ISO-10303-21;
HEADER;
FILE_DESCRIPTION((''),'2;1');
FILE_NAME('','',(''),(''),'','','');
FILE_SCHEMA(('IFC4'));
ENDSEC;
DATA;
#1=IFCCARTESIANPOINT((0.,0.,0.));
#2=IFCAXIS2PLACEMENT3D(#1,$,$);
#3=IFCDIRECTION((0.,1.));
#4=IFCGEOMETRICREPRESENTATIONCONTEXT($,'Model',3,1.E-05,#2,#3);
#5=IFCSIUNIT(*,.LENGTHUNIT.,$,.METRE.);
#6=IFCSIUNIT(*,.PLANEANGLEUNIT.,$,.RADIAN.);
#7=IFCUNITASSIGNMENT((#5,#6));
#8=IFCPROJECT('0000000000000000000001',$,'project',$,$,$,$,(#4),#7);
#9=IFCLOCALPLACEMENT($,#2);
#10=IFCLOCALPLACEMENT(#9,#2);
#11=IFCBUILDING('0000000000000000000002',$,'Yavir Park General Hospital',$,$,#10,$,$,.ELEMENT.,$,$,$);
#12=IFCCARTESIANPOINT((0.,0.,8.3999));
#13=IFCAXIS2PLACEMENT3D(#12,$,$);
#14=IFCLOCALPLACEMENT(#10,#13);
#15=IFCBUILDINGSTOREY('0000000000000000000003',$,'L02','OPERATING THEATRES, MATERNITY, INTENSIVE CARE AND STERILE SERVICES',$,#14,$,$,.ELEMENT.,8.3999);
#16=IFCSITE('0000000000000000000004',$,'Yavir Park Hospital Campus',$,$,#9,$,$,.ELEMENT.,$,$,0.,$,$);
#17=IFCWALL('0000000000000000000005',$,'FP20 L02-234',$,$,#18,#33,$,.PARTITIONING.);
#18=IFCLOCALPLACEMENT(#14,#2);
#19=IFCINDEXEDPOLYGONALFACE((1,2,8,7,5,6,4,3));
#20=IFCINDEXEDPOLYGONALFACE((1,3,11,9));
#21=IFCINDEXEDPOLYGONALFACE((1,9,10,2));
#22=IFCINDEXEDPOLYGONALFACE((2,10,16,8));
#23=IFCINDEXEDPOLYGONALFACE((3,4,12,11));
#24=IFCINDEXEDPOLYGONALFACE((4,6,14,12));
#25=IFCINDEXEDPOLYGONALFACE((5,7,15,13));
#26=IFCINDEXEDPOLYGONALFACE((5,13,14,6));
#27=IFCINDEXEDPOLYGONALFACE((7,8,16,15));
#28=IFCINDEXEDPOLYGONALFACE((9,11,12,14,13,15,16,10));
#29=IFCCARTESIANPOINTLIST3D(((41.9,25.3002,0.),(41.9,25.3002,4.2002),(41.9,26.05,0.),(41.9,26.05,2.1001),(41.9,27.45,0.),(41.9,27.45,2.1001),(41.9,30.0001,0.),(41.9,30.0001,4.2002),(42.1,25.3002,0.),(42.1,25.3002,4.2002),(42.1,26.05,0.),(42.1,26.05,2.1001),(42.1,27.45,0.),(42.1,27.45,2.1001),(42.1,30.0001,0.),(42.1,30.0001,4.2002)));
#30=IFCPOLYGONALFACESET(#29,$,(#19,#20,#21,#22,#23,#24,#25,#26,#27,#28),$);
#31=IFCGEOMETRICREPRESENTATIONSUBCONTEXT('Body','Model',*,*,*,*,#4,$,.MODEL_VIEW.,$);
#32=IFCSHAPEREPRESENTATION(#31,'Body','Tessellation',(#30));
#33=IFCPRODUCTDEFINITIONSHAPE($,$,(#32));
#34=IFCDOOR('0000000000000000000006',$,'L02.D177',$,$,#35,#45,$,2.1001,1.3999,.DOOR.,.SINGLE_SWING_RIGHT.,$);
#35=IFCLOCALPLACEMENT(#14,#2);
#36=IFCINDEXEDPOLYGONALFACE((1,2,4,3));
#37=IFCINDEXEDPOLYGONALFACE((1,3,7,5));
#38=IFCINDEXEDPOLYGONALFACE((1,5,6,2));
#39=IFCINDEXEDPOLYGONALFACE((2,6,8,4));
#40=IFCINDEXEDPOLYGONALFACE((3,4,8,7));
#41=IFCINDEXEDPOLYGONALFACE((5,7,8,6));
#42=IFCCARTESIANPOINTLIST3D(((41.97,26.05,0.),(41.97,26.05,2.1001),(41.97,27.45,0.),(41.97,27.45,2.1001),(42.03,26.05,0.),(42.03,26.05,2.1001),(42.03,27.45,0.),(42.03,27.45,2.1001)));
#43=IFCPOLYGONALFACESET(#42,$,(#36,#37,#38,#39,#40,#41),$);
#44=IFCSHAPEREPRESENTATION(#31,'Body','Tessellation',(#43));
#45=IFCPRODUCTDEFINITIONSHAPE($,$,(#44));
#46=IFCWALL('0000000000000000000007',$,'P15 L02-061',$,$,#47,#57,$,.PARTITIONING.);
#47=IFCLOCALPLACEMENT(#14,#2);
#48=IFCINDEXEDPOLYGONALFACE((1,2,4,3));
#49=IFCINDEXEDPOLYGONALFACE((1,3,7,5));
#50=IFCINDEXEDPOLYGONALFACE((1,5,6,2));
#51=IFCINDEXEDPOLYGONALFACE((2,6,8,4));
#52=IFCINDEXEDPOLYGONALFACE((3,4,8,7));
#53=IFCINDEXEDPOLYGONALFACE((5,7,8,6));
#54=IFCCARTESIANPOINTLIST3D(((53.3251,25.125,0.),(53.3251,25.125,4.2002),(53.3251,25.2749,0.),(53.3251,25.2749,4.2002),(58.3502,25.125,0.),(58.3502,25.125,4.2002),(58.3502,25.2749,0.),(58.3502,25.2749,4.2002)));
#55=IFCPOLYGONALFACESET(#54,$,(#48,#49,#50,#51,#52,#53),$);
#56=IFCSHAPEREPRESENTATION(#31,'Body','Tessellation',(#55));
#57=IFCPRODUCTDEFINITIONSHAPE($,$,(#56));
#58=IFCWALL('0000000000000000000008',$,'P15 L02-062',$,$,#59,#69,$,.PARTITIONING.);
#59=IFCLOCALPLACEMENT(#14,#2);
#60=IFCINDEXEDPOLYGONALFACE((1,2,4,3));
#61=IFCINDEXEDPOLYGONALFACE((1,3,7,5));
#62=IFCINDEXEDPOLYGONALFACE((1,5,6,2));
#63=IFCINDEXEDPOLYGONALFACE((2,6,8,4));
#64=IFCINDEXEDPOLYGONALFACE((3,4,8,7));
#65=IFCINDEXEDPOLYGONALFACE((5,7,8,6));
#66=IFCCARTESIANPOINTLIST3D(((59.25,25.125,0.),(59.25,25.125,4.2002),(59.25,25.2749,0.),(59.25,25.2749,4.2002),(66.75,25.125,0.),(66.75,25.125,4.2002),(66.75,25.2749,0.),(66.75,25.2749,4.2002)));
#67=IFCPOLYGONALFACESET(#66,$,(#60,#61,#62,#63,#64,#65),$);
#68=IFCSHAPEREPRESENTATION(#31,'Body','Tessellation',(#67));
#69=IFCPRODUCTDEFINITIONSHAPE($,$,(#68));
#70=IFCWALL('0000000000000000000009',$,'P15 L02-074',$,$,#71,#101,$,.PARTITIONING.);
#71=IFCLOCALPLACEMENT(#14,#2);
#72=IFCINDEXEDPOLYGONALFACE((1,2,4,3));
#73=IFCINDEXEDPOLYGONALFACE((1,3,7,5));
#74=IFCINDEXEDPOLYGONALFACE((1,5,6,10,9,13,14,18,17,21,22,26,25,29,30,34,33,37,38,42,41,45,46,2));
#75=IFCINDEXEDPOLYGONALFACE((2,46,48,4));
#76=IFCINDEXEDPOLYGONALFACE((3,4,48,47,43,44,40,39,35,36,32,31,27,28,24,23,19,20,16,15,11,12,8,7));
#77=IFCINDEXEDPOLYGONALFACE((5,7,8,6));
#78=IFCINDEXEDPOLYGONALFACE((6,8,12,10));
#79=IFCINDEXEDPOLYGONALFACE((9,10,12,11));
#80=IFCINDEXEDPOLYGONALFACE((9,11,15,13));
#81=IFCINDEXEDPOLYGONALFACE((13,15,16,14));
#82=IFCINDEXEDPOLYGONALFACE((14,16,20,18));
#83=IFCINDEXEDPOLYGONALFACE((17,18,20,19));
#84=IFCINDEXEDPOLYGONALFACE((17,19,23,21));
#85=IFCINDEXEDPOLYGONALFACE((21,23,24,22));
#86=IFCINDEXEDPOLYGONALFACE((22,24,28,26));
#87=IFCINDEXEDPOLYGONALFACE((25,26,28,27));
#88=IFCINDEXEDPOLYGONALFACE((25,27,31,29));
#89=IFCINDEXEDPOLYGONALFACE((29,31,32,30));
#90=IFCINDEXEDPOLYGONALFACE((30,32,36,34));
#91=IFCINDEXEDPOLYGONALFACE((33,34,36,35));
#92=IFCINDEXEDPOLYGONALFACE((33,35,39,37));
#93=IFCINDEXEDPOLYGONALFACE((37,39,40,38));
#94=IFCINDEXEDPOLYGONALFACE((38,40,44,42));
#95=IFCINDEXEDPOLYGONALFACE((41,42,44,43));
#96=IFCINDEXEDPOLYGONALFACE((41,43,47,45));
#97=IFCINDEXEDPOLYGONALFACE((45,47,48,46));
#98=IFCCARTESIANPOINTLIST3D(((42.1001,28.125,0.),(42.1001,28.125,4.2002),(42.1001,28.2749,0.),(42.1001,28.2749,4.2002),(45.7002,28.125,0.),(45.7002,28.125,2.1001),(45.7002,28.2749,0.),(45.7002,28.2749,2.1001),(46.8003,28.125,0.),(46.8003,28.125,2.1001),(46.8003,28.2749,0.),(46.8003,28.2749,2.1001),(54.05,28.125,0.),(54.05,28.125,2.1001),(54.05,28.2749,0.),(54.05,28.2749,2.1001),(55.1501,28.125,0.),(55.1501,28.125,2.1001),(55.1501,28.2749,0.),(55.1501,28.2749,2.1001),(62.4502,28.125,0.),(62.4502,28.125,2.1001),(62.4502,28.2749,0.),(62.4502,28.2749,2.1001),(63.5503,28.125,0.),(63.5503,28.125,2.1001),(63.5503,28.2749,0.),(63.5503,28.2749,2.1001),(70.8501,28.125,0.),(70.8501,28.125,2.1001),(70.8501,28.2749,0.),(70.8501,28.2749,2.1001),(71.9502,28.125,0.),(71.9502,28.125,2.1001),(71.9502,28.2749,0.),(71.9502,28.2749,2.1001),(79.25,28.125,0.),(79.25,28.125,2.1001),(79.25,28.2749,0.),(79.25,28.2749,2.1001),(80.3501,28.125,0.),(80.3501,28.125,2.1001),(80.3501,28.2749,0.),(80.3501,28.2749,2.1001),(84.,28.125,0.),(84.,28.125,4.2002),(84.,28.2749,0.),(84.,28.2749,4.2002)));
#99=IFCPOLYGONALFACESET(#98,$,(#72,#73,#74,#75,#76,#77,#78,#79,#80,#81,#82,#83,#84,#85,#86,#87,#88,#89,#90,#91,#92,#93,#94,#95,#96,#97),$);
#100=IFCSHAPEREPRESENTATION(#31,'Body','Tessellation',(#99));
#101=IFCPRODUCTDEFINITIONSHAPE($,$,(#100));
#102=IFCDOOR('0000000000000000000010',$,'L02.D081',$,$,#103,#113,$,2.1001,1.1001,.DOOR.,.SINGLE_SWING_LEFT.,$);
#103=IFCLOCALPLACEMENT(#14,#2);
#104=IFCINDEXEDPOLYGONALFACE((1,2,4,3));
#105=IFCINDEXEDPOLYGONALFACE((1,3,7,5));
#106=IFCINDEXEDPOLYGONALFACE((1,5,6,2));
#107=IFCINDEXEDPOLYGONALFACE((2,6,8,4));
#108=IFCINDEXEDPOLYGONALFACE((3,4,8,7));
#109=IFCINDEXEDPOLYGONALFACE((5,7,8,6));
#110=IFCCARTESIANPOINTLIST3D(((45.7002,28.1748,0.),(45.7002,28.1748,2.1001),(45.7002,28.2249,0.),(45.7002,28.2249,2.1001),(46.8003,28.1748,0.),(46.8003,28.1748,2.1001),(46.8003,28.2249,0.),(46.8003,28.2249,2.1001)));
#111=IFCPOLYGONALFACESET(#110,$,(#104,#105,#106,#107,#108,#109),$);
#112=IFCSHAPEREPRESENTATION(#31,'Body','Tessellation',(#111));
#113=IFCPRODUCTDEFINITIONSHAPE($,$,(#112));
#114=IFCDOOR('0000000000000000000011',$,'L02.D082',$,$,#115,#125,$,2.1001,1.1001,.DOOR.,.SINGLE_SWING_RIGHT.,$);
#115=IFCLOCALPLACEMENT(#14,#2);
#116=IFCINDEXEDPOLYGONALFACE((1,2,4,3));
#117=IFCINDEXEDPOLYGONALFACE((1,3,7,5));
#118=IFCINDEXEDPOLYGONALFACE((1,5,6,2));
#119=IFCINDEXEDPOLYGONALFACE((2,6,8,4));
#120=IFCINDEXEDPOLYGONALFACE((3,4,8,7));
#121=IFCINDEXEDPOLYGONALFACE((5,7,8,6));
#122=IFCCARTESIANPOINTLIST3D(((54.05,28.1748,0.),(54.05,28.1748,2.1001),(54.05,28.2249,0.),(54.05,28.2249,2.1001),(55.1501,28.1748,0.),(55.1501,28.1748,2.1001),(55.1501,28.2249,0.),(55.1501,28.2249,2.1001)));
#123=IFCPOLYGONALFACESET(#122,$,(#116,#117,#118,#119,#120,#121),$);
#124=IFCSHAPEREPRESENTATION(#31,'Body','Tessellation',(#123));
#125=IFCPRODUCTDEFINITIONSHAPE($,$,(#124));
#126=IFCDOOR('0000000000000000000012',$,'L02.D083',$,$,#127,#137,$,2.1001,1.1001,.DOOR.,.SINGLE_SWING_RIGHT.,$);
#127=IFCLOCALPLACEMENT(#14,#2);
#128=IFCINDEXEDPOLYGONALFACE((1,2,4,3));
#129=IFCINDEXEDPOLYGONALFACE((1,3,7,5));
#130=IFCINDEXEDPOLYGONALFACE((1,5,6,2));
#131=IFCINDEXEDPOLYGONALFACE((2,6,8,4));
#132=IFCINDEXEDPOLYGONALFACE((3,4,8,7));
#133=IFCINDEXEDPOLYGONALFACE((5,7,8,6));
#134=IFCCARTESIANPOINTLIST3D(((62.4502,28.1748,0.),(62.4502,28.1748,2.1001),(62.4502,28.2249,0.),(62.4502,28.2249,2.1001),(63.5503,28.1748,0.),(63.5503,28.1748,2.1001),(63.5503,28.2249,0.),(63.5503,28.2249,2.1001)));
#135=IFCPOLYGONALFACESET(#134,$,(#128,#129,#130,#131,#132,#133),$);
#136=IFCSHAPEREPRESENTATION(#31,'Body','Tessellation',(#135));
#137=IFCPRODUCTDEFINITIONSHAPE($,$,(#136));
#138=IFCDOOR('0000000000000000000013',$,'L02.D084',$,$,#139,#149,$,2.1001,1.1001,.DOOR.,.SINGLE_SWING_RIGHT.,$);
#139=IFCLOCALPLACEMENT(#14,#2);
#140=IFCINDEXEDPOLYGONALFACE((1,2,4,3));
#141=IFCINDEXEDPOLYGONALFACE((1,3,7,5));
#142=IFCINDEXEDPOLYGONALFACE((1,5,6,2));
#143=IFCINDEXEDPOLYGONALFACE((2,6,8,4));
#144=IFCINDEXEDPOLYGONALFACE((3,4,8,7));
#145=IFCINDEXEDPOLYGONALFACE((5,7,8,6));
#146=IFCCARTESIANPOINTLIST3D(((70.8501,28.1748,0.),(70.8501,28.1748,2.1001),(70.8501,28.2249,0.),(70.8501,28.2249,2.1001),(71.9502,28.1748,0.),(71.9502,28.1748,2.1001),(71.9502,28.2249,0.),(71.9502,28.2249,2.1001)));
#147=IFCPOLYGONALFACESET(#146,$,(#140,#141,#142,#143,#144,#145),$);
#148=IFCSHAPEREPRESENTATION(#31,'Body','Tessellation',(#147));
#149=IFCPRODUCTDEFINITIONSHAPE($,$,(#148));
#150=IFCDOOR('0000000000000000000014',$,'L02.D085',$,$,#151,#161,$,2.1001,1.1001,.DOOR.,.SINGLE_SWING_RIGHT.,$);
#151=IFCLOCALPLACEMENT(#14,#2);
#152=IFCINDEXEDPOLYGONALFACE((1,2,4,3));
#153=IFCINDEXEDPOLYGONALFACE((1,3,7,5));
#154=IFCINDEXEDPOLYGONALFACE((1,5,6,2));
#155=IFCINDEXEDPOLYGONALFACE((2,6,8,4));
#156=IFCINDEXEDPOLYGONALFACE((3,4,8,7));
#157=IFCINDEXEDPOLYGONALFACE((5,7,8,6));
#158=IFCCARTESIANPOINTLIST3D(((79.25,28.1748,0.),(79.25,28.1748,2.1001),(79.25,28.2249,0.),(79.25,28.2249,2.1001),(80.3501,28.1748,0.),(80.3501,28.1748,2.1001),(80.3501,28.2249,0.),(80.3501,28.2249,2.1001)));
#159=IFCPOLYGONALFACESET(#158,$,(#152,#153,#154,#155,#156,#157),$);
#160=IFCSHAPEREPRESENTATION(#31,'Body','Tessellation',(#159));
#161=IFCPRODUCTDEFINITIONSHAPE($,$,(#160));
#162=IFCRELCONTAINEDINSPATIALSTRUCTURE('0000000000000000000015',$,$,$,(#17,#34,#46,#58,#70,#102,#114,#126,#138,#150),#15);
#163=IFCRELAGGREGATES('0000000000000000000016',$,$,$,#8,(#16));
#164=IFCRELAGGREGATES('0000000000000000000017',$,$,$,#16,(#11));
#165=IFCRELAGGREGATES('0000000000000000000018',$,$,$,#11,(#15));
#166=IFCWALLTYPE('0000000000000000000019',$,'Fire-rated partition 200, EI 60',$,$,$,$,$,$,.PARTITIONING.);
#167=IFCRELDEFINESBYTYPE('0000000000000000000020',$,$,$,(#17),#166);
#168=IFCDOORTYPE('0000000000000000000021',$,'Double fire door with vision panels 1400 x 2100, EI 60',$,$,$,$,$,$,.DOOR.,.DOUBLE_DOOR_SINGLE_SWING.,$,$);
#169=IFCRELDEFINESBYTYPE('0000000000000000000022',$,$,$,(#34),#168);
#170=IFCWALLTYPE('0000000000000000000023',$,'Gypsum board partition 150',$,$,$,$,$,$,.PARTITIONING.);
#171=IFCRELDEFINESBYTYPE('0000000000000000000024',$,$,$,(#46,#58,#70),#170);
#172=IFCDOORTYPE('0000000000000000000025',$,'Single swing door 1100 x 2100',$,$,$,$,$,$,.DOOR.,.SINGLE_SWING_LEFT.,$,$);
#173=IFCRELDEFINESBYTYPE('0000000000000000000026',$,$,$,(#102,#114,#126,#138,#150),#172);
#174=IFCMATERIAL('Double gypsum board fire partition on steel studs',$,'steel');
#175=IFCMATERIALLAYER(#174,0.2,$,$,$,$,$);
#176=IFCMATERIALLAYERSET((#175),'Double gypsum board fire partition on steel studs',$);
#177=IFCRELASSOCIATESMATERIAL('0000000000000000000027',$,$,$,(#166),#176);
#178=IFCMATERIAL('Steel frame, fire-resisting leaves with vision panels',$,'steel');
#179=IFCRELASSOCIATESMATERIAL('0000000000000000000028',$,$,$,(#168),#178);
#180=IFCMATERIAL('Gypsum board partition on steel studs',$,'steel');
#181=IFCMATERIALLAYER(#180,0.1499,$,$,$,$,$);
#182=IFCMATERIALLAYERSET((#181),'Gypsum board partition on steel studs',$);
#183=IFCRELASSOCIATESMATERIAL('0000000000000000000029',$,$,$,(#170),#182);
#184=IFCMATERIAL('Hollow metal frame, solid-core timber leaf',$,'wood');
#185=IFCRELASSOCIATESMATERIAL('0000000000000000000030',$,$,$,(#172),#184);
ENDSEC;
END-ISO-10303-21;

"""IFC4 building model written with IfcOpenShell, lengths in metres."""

from ifc_helpers import new_model, si_unit, direction, frame, frame_2d, origin, place, context, subcontext, project, spatial, rectangle, extrude, material, layer, layer_set, type_object, element, fill, save


model = new_model("IFC4")

# Units and contexts
model_context = context("Model", 3, precision=1e-05, world=origin(), true_north=direction((0.0, 1.0)))
body_context = subcontext(model_context, "Body", "Model", "MODEL_VIEW")
ifc_project = project(units=[si_unit("LENGTHUNIT", "METRE"), si_unit("PLANEANGLEUNIT", "RADIAN")], contexts=[model_context])

# Site, building, storey
site_placement = place(None, origin())
site = spatial("IfcSite", under=ifc_project, at=site_placement, Name="Yavir Park Hospital Campus", CompositionType="ELEMENT", RefElevation=0.0)
building_placement = place(site_placement, origin())
building = spatial("IfcBuilding", under=site, at=building_placement, Name="Yavir Park General Hospital", CompositionType="ELEMENT")
storey_placement = place(building_placement, frame((0.0, 0.0, 8.3999)))
storey = spatial("IfcBuildingStorey", under=building, at=storey_placement, Name="L02", Description="OPERATING THEATRES, MATERNITY, INTENSIVE CARE AND STERILE SERVICES", CompositionType="ELEMENT", Elevation=8.3999)

# Wall, opening, door
ifc_material_1 = material(Name="Double gypsum board fire partition on steel studs", Category="steel")
ifc_layer_1 = layer(ifc_material_1, 0.2)
ifc_layer_set_1 = layer_set([ifc_layer_1], Name="Double gypsum board fire partition on steel studs")
wall_type_1 = type_object("IfcWallType", Name="Fire-rated partition 200, EI 60", PredefinedType="PARTITIONING", material=ifc_layer_set_1)
wall_1_placement = place(storey_placement, frame((42.0, 25.3, 0.0), z_axis=(0.0, 0.0, 1.0), x_axis=(0.0, 1.0, 0.0)))
wall_1 = element("IfcWall", 1, at=wall_1_placement, inside=storey, type_object=wall_type_1, Name="FP20 L02-234", PredefinedType="PARTITIONING", context=body_context, shape_type="SweptSolid", body=[
    extrude(rectangle(XDim=4.7, YDim=0.2, at=frame_2d((2.3501, 0.0))), origin(), (0.0, 0.0, 1.0), 4.2002),
])
opening_1_placement = place(wall_1_placement, frame((0.75, 0.0, 0.0)))
opening_1 = element("IfcOpeningElement", 2, at=opening_1_placement, cuts=wall_1, PredefinedType="OPENING", context=body_context, shape_type="SweptSolid", body=[
    extrude(rectangle(XDim=1.3999, YDim=2.1001, at=frame_2d((0.7, 1.05))), frame((0.0, 0.1099, 0.0), z_axis=(0.0, -1.0, 0.0), x_axis=(1.0, 0.0, 0.0)), (0.0, 0.0, 1.0), 0.22),
])
ifc_material_2 = material(Name="Steel frame, fire-resisting leaves with vision panels", Category="steel")
door_type_1 = type_object("IfcDoorType", Name="Double fire door with vision panels 1400 x 2100, EI 60", OperationType="DOUBLE_DOOR_SINGLE_SWING", PredefinedType="DOOR", material=ifc_material_2)
door_1_placement = place(opening_1_placement, origin())
door_1 = element("IfcDoor", 3, at=door_1_placement, inside=storey, type_object=door_type_1, Name="L02.D177", OperationType="SINGLE_SWING_RIGHT", OverallHeight=2.1001, OverallWidth=1.3999, PredefinedType="DOOR", context=body_context, shape_type="SweptSolid", body=[
    extrude(rectangle(XDim=1.3999, YDim=2.1001, at=frame_2d((0.7, 1.05))), frame((0.0, 0.03, 0.0), z_axis=(0.0, -1.0, 0.0), x_axis=(1.0, 0.0, 0.0)), (0.0, 0.0, 1.0), 0.0601),
])
fill(opening_1, door_1)

# Walls
ifc_material_3 = material(Name="Gypsum board partition on steel studs", Category="steel")
ifc_layer_2 = layer(ifc_material_3, 0.1499)
ifc_layer_set_2 = layer_set([ifc_layer_2], Name="Gypsum board partition on steel studs")
wall_type_2 = type_object("IfcWallType", Name="Gypsum board partition 150", PredefinedType="PARTITIONING", material=ifc_layer_set_2)
wall_2_placement = place(storey_placement, frame((53.325, 25.2, 0.0), z_axis=(0.0, 0.0, 1.0), x_axis=(1.0, 0.0, 0.0)))
element("IfcWall", 4, at=wall_2_placement, inside=storey, type_object=wall_type_2, Name="P15 L02-061", PredefinedType="PARTITIONING", context=body_context, shape_type="SweptSolid", body=[
    extrude(rectangle(XDim=5.0251, YDim=0.1499, at=frame_2d((2.5127, 0.0))), origin(), (0.0, 0.0, 1.0), 4.2002),
])
wall_3_placement = place(storey_placement, frame((59.25, 25.2, 0.0), z_axis=(0.0, 0.0, 1.0), x_axis=(1.0, 0.0, 0.0)))
element("IfcWall", 5, at=wall_3_placement, inside=storey, type_object=wall_type_2, Name="P15 L02-062", PredefinedType="PARTITIONING", context=body_context, shape_type="SweptSolid", body=[
    extrude(rectangle(XDim=7.5, YDim=0.1499, at=frame_2d((3.75, 0.0))), origin(), (0.0, 0.0, 1.0), 4.2002),
])

# Wall, openings, doors
wall_4_placement = place(storey_placement, frame((42.1001, 28.2, 0.0), z_axis=(0.0, 0.0, 1.0), x_axis=(1.0, 0.0, 0.0)))
wall_4 = element("IfcWall", 6, at=wall_4_placement, inside=storey, type_object=wall_type_2, Name="P15 L02-074", PredefinedType="PARTITIONING", context=body_context, shape_type="SweptSolid", body=[
    extrude(rectangle(XDim=41.8999, YDim=0.1499, at=frame_2d((20.95, 0.0))), origin(), (0.0, 0.0, 1.0), 4.2002),
])
opening_2_placement = place(wall_4_placement, frame((3.6001, 0.0, 0.0)))
opening_2 = element("IfcOpeningElement", 7, at=opening_2_placement, cuts=wall_4, PredefinedType="OPENING", context=body_context, shape_type="SweptSolid", body=[
    extrude(rectangle(XDim=1.1001, YDim=2.1001, at=frame_2d((0.55, 1.05))), frame((0.0, 0.085, 0.0), z_axis=(0.0, -1.0, 0.0), x_axis=(1.0, 0.0, 0.0)), (0.0, 0.0, 1.0), 0.1699),
])
opening_3_placement = place(wall_4_placement, frame((11.95, 0.0, 0.0)))
opening_3 = element("IfcOpeningElement", 8, at=opening_3_placement, cuts=wall_4, PredefinedType="OPENING", context=body_context, shape_type="SweptSolid", body=[
    extrude(rectangle(XDim=1.1001, YDim=2.1001, at=frame_2d((0.55, 1.05))), frame((0.0, 0.085, 0.0), z_axis=(0.0, -1.0, 0.0), x_axis=(1.0, 0.0, 0.0)), (0.0, 0.0, 1.0), 0.1699),
])
opening_4_placement = place(wall_4_placement, frame((20.3501, 0.0, 0.0)))
opening_4 = element("IfcOpeningElement", 9, at=opening_4_placement, cuts=wall_4, PredefinedType="OPENING", context=body_context, shape_type="SweptSolid", body=[
    extrude(rectangle(XDim=1.1001, YDim=2.1001, at=frame_2d((0.55, 1.05))), frame((0.0, 0.085, 0.0), z_axis=(0.0, -1.0, 0.0), x_axis=(1.0, 0.0, 0.0)), (0.0, 0.0, 1.0), 0.1699),
])
opening_5_placement = place(wall_4_placement, frame((28.75, 0.0, 0.0)))
opening_5 = element("IfcOpeningElement", 10, at=opening_5_placement, cuts=wall_4, PredefinedType="OPENING", context=body_context, shape_type="SweptSolid", body=[
    extrude(rectangle(XDim=1.1001, YDim=2.1001, at=frame_2d((0.55, 1.05))), frame((0.0, 0.085, 0.0), z_axis=(0.0, -1.0, 0.0), x_axis=(1.0, 0.0, 0.0)), (0.0, 0.0, 1.0), 0.1699),
])
opening_6_placement = place(wall_4_placement, frame((37.1499, 0.0, 0.0)))
opening_6 = element("IfcOpeningElement", 11, at=opening_6_placement, cuts=wall_4, PredefinedType="OPENING", context=body_context, shape_type="SweptSolid", body=[
    extrude(rectangle(XDim=1.1001, YDim=2.1001, at=frame_2d((0.55, 1.05))), frame((0.0, 0.085, 0.0), z_axis=(0.0, -1.0, 0.0), x_axis=(1.0, 0.0, 0.0)), (0.0, 0.0, 1.0), 0.1699),
])
ifc_material_4 = material(Name="Hollow metal frame, solid-core timber leaf", Category="wood")
door_type_2 = type_object("IfcDoorType", Name="Single swing door 1100 x 2100", OperationType="SINGLE_SWING_LEFT", PredefinedType="DOOR", material=ifc_material_4)
door_2_placement = place(opening_2_placement, origin())
door_2 = element("IfcDoor", 12, at=door_2_placement, inside=storey, type_object=door_type_2, Name="L02.D081", OperationType="SINGLE_SWING_LEFT", OverallHeight=2.1001, OverallWidth=1.1001, PredefinedType="DOOR", context=body_context, shape_type="SweptSolid", body=[
    extrude(rectangle(XDim=1.1001, YDim=2.1001, at=frame_2d((0.55, 1.05))), frame((0.0, 0.0249, 0.0), z_axis=(0.0, -1.0, 0.0), x_axis=(1.0, 0.0, 0.0)), (0.0, 0.0, 1.0), 0.05),
])
fill(opening_2, door_2)
door_3_placement = place(opening_3_placement, origin())
door_3 = element("IfcDoor", 13, at=door_3_placement, inside=storey, type_object=door_type_2, Name="L02.D082", OperationType="SINGLE_SWING_RIGHT", OverallHeight=2.1001, OverallWidth=1.1001, PredefinedType="DOOR", context=body_context, shape_type="SweptSolid", body=[
    extrude(rectangle(XDim=1.1001, YDim=2.1001, at=frame_2d((0.55, 1.05))), frame((0.0, 0.0249, 0.0), z_axis=(0.0, -1.0, 0.0), x_axis=(1.0, 0.0, 0.0)), (0.0, 0.0, 1.0), 0.05),
])
fill(opening_3, door_3)
door_4_placement = place(opening_4_placement, origin())
door_4 = element("IfcDoor", 14, at=door_4_placement, inside=storey, type_object=door_type_2, Name="L02.D083", OperationType="SINGLE_SWING_RIGHT", OverallHeight=2.1001, OverallWidth=1.1001, PredefinedType="DOOR", context=body_context, shape_type="SweptSolid", body=[
    extrude(rectangle(XDim=1.1001, YDim=2.1001, at=frame_2d((0.55, 1.05))), frame((0.0, 0.0249, 0.0), z_axis=(0.0, -1.0, 0.0), x_axis=(1.0, 0.0, 0.0)), (0.0, 0.0, 1.0), 0.05),
])
fill(opening_4, door_4)
door_5_placement = place(opening_5_placement, origin())
door_5 = element("IfcDoor", 15, at=door_5_placement, inside=storey, type_object=door_type_2, Name="L02.D084", OperationType="SINGLE_SWING_RIGHT", OverallHeight=2.1001, OverallWidth=1.1001, PredefinedType="DOOR", context=body_context, shape_type="SweptSolid", body=[
    extrude(rectangle(XDim=1.1001, YDim=2.1001, at=frame_2d((0.55, 1.05))), frame((0.0, 0.0249, 0.0), z_axis=(0.0, -1.0, 0.0), x_axis=(1.0, 0.0, 0.0)), (0.0, 0.0, 1.0), 0.05),
])
fill(opening_5, door_5)
door_6_placement = place(opening_6_placement, origin())
door_6 = element("IfcDoor", 16, at=door_6_placement, inside=storey, type_object=door_type_2, Name="L02.D085", OperationType="SINGLE_SWING_RIGHT", OverallHeight=2.1001, OverallWidth=1.1001, PredefinedType="DOOR", context=body_context, shape_type="SweptSolid", body=[
    extrude(rectangle(XDim=1.1001, YDim=2.1001, at=frame_2d((0.55, 1.05))), frame((0.0, 0.0249, 0.0), z_axis=(0.0, -1.0, 0.0), x_axis=(1.0, 0.0, 0.0)), (0.0, 0.0, 1.0), 0.05),
])
fill(opening_6, door_6)

save(model, "model.ifc")
